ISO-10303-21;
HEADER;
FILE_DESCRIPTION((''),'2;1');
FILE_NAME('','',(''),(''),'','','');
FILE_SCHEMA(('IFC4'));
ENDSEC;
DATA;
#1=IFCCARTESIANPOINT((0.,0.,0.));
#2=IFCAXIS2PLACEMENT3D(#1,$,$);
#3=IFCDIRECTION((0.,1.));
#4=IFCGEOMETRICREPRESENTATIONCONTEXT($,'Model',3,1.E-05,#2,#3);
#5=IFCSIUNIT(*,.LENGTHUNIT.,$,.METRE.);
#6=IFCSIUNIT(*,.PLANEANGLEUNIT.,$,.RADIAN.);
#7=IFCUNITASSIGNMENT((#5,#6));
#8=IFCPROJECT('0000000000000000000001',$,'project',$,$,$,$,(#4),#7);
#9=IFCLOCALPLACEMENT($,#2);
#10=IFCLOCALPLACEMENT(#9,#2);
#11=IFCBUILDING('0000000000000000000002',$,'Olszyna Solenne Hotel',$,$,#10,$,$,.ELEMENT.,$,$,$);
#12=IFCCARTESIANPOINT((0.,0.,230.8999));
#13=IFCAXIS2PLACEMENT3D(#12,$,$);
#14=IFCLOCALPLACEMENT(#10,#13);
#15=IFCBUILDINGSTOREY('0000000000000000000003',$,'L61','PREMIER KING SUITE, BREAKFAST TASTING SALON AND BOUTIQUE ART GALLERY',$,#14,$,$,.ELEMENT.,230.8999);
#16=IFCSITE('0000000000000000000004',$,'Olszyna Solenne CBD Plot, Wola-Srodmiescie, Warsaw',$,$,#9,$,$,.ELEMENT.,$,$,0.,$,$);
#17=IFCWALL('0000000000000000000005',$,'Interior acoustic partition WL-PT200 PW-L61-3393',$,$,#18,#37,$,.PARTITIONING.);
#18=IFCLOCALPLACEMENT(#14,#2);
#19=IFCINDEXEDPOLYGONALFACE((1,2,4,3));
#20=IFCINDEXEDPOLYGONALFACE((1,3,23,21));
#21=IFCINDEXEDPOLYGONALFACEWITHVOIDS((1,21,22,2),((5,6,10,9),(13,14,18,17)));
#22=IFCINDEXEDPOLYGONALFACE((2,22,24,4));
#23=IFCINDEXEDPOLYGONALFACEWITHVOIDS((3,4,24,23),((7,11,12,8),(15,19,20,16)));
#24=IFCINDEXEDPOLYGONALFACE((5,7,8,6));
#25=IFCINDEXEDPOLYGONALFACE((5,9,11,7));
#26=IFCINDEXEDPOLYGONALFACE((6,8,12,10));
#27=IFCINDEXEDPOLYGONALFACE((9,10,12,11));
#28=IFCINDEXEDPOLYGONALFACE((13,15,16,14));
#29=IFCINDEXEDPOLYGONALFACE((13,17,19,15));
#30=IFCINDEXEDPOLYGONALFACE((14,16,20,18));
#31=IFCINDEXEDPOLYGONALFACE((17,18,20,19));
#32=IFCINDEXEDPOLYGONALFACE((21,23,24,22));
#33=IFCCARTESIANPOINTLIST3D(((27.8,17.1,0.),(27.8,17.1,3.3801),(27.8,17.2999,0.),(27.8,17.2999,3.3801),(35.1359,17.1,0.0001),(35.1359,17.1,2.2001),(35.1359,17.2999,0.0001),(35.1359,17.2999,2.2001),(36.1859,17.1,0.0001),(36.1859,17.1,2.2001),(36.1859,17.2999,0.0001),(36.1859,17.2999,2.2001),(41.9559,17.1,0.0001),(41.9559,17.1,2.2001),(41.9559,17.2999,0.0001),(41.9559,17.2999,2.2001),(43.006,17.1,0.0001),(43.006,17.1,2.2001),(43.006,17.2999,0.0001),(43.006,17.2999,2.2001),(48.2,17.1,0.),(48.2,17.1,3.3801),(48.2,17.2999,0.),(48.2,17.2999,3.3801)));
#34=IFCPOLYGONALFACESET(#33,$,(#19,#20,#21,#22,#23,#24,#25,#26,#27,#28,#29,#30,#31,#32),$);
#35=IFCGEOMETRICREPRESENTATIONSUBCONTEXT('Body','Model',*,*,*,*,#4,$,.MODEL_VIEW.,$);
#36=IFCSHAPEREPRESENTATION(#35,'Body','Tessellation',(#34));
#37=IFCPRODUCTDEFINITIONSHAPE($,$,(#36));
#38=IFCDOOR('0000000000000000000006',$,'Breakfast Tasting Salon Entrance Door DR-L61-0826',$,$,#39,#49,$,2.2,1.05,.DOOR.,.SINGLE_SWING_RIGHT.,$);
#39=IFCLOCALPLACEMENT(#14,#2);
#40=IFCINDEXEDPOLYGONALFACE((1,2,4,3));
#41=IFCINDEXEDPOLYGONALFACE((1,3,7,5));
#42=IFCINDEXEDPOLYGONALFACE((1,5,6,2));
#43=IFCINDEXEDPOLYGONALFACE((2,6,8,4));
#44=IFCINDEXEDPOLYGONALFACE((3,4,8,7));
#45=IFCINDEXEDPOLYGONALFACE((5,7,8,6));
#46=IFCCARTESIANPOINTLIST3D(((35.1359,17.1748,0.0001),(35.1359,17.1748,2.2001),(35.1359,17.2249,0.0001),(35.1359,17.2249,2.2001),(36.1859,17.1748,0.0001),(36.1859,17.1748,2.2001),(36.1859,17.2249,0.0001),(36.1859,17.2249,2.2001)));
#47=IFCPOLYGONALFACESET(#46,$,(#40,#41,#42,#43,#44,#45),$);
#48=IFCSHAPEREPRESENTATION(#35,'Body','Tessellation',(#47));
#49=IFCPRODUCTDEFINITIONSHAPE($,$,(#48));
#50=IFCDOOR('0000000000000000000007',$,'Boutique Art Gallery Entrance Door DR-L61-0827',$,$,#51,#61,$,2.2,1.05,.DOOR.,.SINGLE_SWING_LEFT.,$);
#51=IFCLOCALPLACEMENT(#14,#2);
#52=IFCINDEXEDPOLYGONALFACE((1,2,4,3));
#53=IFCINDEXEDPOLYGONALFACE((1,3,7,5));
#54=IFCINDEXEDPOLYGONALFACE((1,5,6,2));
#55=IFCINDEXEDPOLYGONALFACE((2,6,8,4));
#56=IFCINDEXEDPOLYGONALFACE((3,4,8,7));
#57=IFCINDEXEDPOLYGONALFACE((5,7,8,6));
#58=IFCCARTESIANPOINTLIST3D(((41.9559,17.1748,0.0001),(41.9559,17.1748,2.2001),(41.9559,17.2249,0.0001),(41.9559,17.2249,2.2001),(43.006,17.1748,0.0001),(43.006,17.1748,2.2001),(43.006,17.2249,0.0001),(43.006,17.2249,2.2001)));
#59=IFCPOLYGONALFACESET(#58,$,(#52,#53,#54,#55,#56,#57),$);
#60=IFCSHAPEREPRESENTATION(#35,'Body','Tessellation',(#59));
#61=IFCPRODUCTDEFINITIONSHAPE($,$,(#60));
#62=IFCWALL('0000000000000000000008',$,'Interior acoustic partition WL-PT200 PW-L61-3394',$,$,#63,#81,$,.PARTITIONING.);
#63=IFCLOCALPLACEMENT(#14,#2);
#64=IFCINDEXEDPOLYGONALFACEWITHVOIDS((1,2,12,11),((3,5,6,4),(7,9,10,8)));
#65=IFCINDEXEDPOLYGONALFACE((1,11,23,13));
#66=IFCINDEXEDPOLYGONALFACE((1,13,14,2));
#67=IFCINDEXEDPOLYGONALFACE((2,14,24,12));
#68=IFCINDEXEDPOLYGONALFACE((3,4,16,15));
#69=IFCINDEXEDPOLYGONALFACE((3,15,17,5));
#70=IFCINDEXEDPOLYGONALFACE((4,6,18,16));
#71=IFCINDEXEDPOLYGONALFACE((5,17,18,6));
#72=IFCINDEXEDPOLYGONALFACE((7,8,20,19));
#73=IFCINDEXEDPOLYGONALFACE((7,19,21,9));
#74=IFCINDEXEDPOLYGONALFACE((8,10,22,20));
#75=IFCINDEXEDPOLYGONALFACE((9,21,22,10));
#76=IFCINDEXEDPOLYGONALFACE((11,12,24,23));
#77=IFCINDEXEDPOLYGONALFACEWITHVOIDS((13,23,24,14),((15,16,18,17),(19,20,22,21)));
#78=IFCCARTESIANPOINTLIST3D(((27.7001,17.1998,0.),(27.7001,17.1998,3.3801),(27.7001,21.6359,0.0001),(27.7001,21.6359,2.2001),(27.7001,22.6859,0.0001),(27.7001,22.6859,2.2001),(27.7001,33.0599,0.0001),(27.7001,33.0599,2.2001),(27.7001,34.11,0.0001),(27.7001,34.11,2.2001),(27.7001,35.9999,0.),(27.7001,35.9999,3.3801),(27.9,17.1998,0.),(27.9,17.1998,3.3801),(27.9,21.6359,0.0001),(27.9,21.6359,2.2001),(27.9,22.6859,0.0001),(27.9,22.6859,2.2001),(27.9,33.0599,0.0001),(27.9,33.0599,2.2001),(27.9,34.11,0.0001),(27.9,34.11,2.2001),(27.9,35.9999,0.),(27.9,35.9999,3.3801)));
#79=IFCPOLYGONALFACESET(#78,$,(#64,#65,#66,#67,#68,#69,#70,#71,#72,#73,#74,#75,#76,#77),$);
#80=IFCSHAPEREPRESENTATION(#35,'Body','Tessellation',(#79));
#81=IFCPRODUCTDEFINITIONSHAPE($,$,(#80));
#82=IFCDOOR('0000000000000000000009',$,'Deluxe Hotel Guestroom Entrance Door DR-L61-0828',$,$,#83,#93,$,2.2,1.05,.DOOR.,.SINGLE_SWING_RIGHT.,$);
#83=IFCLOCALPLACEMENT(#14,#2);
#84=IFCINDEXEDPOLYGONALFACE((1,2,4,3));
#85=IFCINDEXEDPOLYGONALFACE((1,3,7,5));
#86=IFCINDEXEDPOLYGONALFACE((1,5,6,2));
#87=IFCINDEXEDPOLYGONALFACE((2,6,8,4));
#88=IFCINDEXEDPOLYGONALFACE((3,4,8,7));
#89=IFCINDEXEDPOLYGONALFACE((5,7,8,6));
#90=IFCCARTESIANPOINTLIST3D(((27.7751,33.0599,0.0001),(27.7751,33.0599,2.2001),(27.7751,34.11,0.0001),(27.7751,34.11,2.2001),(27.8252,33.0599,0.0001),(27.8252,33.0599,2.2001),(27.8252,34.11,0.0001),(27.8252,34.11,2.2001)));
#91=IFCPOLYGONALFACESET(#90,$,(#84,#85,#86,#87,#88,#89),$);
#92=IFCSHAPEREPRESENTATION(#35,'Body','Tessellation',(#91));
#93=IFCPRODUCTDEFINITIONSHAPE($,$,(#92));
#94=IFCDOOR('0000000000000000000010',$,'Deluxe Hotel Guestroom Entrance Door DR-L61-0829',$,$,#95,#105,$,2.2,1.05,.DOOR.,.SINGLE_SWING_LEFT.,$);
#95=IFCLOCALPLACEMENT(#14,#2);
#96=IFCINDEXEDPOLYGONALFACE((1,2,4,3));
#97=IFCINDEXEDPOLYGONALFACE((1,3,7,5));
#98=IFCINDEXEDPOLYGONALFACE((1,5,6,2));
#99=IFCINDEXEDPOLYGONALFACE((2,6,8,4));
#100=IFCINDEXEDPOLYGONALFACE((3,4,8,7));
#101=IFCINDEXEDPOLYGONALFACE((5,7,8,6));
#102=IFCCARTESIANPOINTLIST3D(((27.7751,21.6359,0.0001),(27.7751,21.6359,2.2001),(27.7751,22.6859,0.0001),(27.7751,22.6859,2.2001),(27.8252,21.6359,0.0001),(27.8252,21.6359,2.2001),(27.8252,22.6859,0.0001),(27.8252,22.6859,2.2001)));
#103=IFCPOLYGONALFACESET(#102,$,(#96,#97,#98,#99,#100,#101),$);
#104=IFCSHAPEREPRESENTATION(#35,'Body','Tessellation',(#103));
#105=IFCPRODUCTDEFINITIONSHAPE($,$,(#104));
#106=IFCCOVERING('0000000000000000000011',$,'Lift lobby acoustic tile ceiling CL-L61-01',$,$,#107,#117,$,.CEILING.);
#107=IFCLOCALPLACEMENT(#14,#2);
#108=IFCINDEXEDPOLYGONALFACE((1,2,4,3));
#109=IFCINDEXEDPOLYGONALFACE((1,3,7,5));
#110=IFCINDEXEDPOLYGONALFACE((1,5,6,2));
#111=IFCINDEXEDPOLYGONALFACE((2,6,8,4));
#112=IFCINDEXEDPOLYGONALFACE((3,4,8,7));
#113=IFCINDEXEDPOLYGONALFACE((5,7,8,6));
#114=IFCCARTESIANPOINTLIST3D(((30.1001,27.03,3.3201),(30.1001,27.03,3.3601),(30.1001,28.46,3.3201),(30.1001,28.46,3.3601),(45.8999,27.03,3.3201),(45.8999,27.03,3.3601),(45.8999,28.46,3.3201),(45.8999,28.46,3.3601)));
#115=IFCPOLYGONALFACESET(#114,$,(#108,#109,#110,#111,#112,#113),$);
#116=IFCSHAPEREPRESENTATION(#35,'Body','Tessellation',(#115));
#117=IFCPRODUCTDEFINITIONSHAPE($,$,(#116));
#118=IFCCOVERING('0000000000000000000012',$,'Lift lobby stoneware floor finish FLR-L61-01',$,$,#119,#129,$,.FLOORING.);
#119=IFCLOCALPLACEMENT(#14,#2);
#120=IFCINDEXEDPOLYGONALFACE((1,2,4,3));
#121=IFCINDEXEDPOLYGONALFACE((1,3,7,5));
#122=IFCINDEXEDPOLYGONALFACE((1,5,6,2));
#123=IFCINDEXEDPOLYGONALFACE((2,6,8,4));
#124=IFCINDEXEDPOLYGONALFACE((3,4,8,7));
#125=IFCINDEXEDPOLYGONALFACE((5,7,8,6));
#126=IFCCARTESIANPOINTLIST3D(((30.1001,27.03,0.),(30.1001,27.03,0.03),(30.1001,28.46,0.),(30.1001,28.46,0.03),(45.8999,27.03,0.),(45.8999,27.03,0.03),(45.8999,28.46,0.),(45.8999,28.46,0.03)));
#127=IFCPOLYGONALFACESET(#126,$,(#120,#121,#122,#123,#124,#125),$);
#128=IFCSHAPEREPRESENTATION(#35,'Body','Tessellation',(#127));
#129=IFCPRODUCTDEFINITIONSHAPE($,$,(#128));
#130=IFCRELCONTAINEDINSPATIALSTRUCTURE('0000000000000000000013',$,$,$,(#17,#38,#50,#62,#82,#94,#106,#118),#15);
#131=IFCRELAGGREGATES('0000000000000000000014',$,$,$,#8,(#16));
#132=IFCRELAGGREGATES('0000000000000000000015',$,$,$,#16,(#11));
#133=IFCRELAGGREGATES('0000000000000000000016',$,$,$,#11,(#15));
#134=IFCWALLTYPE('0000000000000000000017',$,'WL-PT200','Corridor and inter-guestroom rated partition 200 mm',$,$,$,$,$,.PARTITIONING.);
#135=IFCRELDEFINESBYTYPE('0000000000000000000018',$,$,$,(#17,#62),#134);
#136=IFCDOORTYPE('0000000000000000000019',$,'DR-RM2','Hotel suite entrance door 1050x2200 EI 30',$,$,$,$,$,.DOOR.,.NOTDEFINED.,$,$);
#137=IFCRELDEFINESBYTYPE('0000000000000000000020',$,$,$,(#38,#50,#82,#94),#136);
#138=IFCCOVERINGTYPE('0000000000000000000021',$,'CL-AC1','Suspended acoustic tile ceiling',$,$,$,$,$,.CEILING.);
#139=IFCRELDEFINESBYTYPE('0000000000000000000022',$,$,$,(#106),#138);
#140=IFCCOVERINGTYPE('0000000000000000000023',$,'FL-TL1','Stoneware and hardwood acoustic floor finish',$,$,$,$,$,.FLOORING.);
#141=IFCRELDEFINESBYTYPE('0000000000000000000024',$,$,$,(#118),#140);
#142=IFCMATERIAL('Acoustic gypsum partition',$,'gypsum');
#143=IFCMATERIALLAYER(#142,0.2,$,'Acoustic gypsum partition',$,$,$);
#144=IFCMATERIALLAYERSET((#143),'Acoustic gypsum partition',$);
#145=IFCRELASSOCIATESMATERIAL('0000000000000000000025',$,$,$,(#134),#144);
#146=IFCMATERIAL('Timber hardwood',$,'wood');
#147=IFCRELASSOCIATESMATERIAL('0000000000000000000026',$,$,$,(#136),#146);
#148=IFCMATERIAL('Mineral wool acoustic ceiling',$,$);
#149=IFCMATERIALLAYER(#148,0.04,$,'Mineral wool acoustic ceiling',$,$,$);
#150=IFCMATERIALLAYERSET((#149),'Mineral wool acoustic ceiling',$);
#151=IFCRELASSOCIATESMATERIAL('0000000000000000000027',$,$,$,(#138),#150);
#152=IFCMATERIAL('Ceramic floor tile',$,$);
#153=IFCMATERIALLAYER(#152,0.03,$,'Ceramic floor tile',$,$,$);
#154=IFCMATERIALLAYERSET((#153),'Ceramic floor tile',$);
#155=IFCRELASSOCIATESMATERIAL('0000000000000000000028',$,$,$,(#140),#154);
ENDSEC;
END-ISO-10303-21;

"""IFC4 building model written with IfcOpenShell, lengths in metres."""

from ifc_helpers import new_model, si_unit, direction, frame, frame_2d, origin, place, context, subcontext, project, spatial, polyline, rectangle, outline, extrude, source, transform, mapped, material, layer, layer_set, type_object, type_shapes, element, fill, save


model = new_model("IFC4")

# Units and contexts
model_context = context("Model", 3, precision=1e-05, world=origin(), true_north=direction((0.0, 1.0)))
body_context = subcontext(model_context, "Body", "Model", "MODEL_VIEW")
ifc_project = project(units=[si_unit("LENGTHUNIT", "METRE"), si_unit("PLANEANGLEUNIT", "RADIAN")], contexts=[model_context])

# Site, building, storey
site_placement = place(None, origin())
site = spatial("IfcSite", under=ifc_project, at=site_placement, Name="Olszyna Solenne CBD Plot, Wola-Srodmiescie, Warsaw", CompositionType="ELEMENT", RefElevation=0.0)
building_placement = place(site_placement, origin())
building = spatial("IfcBuilding", under=site, at=building_placement, Name="Olszyna Solenne Hotel", CompositionType="ELEMENT")
storey_placement = place(building_placement, frame((0.0, 0.0, 230.8999)))
storey = spatial("IfcBuildingStorey", under=building, at=storey_placement, Name="L61", Description="PREMIER KING SUITE, BREAKFAST TASTING SALON AND BOUTIQUE ART GALLERY", CompositionType="ELEMENT", Elevation=230.8999)

# Shared definitions
ifc_material_1 = material(Name="Timber hardwood", Category="wood")

# Shared definitions
ifc_material_2 = material(Name="Acoustic gypsum partition", Category="gypsum")
ifc_layer_1 = layer(ifc_material_2, 0.2, Name="Acoustic gypsum partition")
ifc_layer_set_1 = layer_set([ifc_layer_1], Name="Acoustic gypsum partition")
wall_type_1 = type_object("IfcWallType", Name="WL-PT200", Description="Corridor and inter-guestroom rated partition 200 mm", PredefinedType="PARTITIONING", material=ifc_layer_set_1)

# Walls, openings, doors
wall_1_placement = place(storey_placement, frame((27.8, 17.2, 0.0), z_axis=(0.0, 0.0, 1.0), x_axis=(1.0, 0.0, 0.0)))
wall_1 = element("IfcWall", 1, at=wall_1_placement, inside=storey, type_object=wall_type_1, Name="Interior acoustic partition WL-PT200 PW-L61-3393", PredefinedType="PARTITIONING", context=body_context, shape_type="SweptSolid", body=[
    extrude(rectangle(XDim=20.3999, YDim=0.2, at=frame_2d((10.2, 0.0))), origin(), (0.0, 0.0, 1.0), 3.3801),
])
opening_1_placement = place(wall_1_placement, frame((7.3359, 0.0, 0.0)))
opening_1 = element("IfcOpeningElement", 2, at=opening_1_placement, cuts=wall_1, PredefinedType="OPENING", context=body_context, shape_type="SweptSolid", body=[
    extrude(rectangle(XDim=1.05, YDim=2.2, at=frame_2d((0.5249, 1.1001))), frame((0.0, 0.1099, 0.0), z_axis=(0.0, -1.0, 0.0), x_axis=(1.0, 0.0, 0.0)), (0.0, 0.0, 1.0), 0.22),
])
opening_2_placement = place(wall_1_placement, frame((14.156, 0.0, 0.0)))
opening_2 = element("IfcOpeningElement", 3, at=opening_2_placement, cuts=wall_1, PredefinedType="OPENING", context=body_context, shape_type="SweptSolid", body=[
    extrude(rectangle(XDim=1.05, YDim=2.2, at=frame_2d((0.5249, 1.1001))), frame((0.0, 0.1099, 0.0), z_axis=(0.0, -1.0, 0.0), x_axis=(1.0, 0.0, 0.0)), (0.0, 0.0, 1.0), 0.22),
])
door_type_1 = type_object("IfcDoorType", Name="DR-RM2", Description="Hotel suite entrance door 1050x2200 EI 30", OperationType="NOTDEFINED", PredefinedType="DOOR", material=ifc_material_1)
shared_shape_1 = source(origin(), body_context, "Body", "SweptSolid", [
    extrude(rectangle(XDim=1.05, YDim=2.2, at=frame_2d((0.5249, 1.1001))), frame((0.0, 0.0249, 0.0), z_axis=(0.0, -1.0, 0.0), x_axis=(1.0, 0.0, 0.0)), (0.0, 0.0, 1.0), 0.05),
])
type_shapes(door_type_1, [shared_shape_1])
door_1_placement = place(opening_1_placement, origin())
door_1 = element("IfcDoor", 4, at=door_1_placement, inside=storey, type_object=door_type_1, Name="Breakfast Tasting Salon Entrance Door DR-L61-0826", OperationType="SINGLE_SWING_RIGHT", OverallHeight=2.2, OverallWidth=1.05, PredefinedType="DOOR", context=body_context, shape_type="MappedRepresentation", body=[
    mapped(shared_shape_1, transform((0.0, 0.0, 0.0), x_axis=(1.0, 0.0, 0.0), y_axis=(0.0, 1.0, 0.0), z_axis=(0.0, 0.0, 1.0), scale=1.0)),
])
fill(opening_1, door_1)
door_2_placement = place(opening_2_placement, origin())
door_2 = element("IfcDoor", 5, at=door_2_placement, inside=storey, type_object=door_type_1, Name="Boutique Art Gallery Entrance Door DR-L61-0827", OperationType="SINGLE_SWING_LEFT", OverallHeight=2.2, OverallWidth=1.05, PredefinedType="DOOR", context=body_context, shape_type="MappedRepresentation", body=[
    mapped(shared_shape_1, transform((0.0, 0.0, 0.0), x_axis=(1.0, 0.0, 0.0), y_axis=(0.0, 1.0, 0.0), z_axis=(0.0, 0.0, 1.0), scale=1.0)),
])
fill(opening_2, door_2)
wall_2_placement = place(storey_placement, frame((27.8, 17.2, 0.0), z_axis=(0.0, 0.0, 1.0), x_axis=(0.0, 1.0, 0.0)))
wall_2 = element("IfcWall", 6, at=wall_2_placement, inside=storey, type_object=wall_type_1, Name="Interior acoustic partition WL-PT200 PW-L61-3394", PredefinedType="PARTITIONING", context=body_context, shape_type="SweptSolid", body=[
    extrude(rectangle(XDim=18.8, YDim=0.2, at=frame_2d((9.3999, 0.0))), origin(), (0.0, 0.0, 1.0), 3.3801),
])
opening_3_placement = place(wall_2_placement, frame((15.8601, 0.0, 0.0)))
opening_3 = element("IfcOpeningElement", 7, at=opening_3_placement, cuts=wall_2, PredefinedType="OPENING", context=body_context, shape_type="SweptSolid", body=[
    extrude(rectangle(XDim=1.05, YDim=2.2, at=frame_2d((0.5249, 1.1001))), frame((0.0, 0.1099, 0.0), z_axis=(0.0, -1.0, 0.0), x_axis=(1.0, 0.0, 0.0)), (0.0, 0.0, 1.0), 0.22),
])
opening_4_placement = place(wall_2_placement, frame((4.436, 0.0, 0.0)))
opening_4 = element("IfcOpeningElement", 8, at=opening_4_placement, cuts=wall_2, PredefinedType="OPENING", context=body_context, shape_type="SweptSolid", body=[
    extrude(rectangle(XDim=1.05, YDim=2.2, at=frame_2d((0.5249, 1.1001))), frame((0.0, 0.1099, 0.0), z_axis=(0.0, -1.0, 0.0), x_axis=(1.0, 0.0, 0.0)), (0.0, 0.0, 1.0), 0.22),
])
door_3_placement = place(opening_3_placement, origin())
door_3 = element("IfcDoor", 9, at=door_3_placement, inside=storey, type_object=door_type_1, Name="Deluxe Hotel Guestroom Entrance Door DR-L61-0828", OperationType="SINGLE_SWING_RIGHT", OverallHeight=2.2, OverallWidth=1.05, PredefinedType="DOOR", context=body_context, shape_type="MappedRepresentation", body=[
    mapped(shared_shape_1, transform((0.0, 0.0, 0.0), x_axis=(1.0, 0.0, 0.0), y_axis=(0.0, 1.0, 0.0), z_axis=(0.0, 0.0, 1.0), scale=1.0)),
])
fill(opening_3, door_3)
door_4_placement = place(opening_4_placement, origin())
door_4 = element("IfcDoor", 10, at=door_4_placement, inside=storey, type_object=door_type_1, Name="Deluxe Hotel Guestroom Entrance Door DR-L61-0829", OperationType="SINGLE_SWING_LEFT", OverallHeight=2.2, OverallWidth=1.05, PredefinedType="DOOR", context=body_context, shape_type="MappedRepresentation", body=[
    mapped(shared_shape_1, transform((0.0, 0.0, 0.0), x_axis=(1.0, 0.0, 0.0), y_axis=(0.0, 1.0, 0.0), z_axis=(0.0, 0.0, 1.0), scale=1.0)),
])
fill(opening_4, door_4)

# Coverings
ifc_material_3 = material(Name="Mineral wool acoustic ceiling")
ifc_layer_2 = layer(ifc_material_3, 0.04, Name="Mineral wool acoustic ceiling")
ifc_layer_set_2 = layer_set([ifc_layer_2], Name="Mineral wool acoustic ceiling")
covering_type_1 = type_object("IfcCoveringType", Name="CL-AC1", Description="Suspended acoustic tile ceiling", PredefinedType="CEILING", material=ifc_layer_set_2)
covering_1_placement = place(storey_placement, frame((0.0, 0.0, 3.3201)))
element("IfcCovering", 11, at=covering_1_placement, inside=storey, type_object=covering_type_1, Name="Lift lobby acoustic tile ceiling CL-L61-01", PredefinedType="CEILING", context=body_context, shape_type="SweptSolid", body=[
    extrude(outline(polyline([(30.1001, 27.03), (45.8999, 27.03), (45.8999, 28.46), (30.1001, 28.46), (30.1001, 27.03)])), origin(), (0.0, 0.0, 1.0), 0.04),
])
ifc_material_4 = material(Name="Ceramic floor tile")
ifc_layer_3 = layer(ifc_material_4, 0.03, Name="Ceramic floor tile")
ifc_layer_set_3 = layer_set([ifc_layer_3], Name="Ceramic floor tile")
covering_type_2 = type_object("IfcCoveringType", Name="FL-TL1", Description="Stoneware and hardwood acoustic floor finish", PredefinedType="FLOORING", material=ifc_layer_set_3)
covering_2_placement = place(storey_placement, origin())
element("IfcCovering", 12, at=covering_2_placement, inside=storey, type_object=covering_type_2, Name="Lift lobby stoneware floor finish FLR-L61-01", PredefinedType="FLOORING", context=body_context, shape_type="SweptSolid", body=[
    extrude(outline(polyline([(30.1001, 27.03), (45.8999, 27.03), (45.8999, 28.46), (30.1001, 28.46), (30.1001, 27.03)])), origin(), (0.0, 0.0, 1.0), 0.03),
])

save(model, "model.ifc")
